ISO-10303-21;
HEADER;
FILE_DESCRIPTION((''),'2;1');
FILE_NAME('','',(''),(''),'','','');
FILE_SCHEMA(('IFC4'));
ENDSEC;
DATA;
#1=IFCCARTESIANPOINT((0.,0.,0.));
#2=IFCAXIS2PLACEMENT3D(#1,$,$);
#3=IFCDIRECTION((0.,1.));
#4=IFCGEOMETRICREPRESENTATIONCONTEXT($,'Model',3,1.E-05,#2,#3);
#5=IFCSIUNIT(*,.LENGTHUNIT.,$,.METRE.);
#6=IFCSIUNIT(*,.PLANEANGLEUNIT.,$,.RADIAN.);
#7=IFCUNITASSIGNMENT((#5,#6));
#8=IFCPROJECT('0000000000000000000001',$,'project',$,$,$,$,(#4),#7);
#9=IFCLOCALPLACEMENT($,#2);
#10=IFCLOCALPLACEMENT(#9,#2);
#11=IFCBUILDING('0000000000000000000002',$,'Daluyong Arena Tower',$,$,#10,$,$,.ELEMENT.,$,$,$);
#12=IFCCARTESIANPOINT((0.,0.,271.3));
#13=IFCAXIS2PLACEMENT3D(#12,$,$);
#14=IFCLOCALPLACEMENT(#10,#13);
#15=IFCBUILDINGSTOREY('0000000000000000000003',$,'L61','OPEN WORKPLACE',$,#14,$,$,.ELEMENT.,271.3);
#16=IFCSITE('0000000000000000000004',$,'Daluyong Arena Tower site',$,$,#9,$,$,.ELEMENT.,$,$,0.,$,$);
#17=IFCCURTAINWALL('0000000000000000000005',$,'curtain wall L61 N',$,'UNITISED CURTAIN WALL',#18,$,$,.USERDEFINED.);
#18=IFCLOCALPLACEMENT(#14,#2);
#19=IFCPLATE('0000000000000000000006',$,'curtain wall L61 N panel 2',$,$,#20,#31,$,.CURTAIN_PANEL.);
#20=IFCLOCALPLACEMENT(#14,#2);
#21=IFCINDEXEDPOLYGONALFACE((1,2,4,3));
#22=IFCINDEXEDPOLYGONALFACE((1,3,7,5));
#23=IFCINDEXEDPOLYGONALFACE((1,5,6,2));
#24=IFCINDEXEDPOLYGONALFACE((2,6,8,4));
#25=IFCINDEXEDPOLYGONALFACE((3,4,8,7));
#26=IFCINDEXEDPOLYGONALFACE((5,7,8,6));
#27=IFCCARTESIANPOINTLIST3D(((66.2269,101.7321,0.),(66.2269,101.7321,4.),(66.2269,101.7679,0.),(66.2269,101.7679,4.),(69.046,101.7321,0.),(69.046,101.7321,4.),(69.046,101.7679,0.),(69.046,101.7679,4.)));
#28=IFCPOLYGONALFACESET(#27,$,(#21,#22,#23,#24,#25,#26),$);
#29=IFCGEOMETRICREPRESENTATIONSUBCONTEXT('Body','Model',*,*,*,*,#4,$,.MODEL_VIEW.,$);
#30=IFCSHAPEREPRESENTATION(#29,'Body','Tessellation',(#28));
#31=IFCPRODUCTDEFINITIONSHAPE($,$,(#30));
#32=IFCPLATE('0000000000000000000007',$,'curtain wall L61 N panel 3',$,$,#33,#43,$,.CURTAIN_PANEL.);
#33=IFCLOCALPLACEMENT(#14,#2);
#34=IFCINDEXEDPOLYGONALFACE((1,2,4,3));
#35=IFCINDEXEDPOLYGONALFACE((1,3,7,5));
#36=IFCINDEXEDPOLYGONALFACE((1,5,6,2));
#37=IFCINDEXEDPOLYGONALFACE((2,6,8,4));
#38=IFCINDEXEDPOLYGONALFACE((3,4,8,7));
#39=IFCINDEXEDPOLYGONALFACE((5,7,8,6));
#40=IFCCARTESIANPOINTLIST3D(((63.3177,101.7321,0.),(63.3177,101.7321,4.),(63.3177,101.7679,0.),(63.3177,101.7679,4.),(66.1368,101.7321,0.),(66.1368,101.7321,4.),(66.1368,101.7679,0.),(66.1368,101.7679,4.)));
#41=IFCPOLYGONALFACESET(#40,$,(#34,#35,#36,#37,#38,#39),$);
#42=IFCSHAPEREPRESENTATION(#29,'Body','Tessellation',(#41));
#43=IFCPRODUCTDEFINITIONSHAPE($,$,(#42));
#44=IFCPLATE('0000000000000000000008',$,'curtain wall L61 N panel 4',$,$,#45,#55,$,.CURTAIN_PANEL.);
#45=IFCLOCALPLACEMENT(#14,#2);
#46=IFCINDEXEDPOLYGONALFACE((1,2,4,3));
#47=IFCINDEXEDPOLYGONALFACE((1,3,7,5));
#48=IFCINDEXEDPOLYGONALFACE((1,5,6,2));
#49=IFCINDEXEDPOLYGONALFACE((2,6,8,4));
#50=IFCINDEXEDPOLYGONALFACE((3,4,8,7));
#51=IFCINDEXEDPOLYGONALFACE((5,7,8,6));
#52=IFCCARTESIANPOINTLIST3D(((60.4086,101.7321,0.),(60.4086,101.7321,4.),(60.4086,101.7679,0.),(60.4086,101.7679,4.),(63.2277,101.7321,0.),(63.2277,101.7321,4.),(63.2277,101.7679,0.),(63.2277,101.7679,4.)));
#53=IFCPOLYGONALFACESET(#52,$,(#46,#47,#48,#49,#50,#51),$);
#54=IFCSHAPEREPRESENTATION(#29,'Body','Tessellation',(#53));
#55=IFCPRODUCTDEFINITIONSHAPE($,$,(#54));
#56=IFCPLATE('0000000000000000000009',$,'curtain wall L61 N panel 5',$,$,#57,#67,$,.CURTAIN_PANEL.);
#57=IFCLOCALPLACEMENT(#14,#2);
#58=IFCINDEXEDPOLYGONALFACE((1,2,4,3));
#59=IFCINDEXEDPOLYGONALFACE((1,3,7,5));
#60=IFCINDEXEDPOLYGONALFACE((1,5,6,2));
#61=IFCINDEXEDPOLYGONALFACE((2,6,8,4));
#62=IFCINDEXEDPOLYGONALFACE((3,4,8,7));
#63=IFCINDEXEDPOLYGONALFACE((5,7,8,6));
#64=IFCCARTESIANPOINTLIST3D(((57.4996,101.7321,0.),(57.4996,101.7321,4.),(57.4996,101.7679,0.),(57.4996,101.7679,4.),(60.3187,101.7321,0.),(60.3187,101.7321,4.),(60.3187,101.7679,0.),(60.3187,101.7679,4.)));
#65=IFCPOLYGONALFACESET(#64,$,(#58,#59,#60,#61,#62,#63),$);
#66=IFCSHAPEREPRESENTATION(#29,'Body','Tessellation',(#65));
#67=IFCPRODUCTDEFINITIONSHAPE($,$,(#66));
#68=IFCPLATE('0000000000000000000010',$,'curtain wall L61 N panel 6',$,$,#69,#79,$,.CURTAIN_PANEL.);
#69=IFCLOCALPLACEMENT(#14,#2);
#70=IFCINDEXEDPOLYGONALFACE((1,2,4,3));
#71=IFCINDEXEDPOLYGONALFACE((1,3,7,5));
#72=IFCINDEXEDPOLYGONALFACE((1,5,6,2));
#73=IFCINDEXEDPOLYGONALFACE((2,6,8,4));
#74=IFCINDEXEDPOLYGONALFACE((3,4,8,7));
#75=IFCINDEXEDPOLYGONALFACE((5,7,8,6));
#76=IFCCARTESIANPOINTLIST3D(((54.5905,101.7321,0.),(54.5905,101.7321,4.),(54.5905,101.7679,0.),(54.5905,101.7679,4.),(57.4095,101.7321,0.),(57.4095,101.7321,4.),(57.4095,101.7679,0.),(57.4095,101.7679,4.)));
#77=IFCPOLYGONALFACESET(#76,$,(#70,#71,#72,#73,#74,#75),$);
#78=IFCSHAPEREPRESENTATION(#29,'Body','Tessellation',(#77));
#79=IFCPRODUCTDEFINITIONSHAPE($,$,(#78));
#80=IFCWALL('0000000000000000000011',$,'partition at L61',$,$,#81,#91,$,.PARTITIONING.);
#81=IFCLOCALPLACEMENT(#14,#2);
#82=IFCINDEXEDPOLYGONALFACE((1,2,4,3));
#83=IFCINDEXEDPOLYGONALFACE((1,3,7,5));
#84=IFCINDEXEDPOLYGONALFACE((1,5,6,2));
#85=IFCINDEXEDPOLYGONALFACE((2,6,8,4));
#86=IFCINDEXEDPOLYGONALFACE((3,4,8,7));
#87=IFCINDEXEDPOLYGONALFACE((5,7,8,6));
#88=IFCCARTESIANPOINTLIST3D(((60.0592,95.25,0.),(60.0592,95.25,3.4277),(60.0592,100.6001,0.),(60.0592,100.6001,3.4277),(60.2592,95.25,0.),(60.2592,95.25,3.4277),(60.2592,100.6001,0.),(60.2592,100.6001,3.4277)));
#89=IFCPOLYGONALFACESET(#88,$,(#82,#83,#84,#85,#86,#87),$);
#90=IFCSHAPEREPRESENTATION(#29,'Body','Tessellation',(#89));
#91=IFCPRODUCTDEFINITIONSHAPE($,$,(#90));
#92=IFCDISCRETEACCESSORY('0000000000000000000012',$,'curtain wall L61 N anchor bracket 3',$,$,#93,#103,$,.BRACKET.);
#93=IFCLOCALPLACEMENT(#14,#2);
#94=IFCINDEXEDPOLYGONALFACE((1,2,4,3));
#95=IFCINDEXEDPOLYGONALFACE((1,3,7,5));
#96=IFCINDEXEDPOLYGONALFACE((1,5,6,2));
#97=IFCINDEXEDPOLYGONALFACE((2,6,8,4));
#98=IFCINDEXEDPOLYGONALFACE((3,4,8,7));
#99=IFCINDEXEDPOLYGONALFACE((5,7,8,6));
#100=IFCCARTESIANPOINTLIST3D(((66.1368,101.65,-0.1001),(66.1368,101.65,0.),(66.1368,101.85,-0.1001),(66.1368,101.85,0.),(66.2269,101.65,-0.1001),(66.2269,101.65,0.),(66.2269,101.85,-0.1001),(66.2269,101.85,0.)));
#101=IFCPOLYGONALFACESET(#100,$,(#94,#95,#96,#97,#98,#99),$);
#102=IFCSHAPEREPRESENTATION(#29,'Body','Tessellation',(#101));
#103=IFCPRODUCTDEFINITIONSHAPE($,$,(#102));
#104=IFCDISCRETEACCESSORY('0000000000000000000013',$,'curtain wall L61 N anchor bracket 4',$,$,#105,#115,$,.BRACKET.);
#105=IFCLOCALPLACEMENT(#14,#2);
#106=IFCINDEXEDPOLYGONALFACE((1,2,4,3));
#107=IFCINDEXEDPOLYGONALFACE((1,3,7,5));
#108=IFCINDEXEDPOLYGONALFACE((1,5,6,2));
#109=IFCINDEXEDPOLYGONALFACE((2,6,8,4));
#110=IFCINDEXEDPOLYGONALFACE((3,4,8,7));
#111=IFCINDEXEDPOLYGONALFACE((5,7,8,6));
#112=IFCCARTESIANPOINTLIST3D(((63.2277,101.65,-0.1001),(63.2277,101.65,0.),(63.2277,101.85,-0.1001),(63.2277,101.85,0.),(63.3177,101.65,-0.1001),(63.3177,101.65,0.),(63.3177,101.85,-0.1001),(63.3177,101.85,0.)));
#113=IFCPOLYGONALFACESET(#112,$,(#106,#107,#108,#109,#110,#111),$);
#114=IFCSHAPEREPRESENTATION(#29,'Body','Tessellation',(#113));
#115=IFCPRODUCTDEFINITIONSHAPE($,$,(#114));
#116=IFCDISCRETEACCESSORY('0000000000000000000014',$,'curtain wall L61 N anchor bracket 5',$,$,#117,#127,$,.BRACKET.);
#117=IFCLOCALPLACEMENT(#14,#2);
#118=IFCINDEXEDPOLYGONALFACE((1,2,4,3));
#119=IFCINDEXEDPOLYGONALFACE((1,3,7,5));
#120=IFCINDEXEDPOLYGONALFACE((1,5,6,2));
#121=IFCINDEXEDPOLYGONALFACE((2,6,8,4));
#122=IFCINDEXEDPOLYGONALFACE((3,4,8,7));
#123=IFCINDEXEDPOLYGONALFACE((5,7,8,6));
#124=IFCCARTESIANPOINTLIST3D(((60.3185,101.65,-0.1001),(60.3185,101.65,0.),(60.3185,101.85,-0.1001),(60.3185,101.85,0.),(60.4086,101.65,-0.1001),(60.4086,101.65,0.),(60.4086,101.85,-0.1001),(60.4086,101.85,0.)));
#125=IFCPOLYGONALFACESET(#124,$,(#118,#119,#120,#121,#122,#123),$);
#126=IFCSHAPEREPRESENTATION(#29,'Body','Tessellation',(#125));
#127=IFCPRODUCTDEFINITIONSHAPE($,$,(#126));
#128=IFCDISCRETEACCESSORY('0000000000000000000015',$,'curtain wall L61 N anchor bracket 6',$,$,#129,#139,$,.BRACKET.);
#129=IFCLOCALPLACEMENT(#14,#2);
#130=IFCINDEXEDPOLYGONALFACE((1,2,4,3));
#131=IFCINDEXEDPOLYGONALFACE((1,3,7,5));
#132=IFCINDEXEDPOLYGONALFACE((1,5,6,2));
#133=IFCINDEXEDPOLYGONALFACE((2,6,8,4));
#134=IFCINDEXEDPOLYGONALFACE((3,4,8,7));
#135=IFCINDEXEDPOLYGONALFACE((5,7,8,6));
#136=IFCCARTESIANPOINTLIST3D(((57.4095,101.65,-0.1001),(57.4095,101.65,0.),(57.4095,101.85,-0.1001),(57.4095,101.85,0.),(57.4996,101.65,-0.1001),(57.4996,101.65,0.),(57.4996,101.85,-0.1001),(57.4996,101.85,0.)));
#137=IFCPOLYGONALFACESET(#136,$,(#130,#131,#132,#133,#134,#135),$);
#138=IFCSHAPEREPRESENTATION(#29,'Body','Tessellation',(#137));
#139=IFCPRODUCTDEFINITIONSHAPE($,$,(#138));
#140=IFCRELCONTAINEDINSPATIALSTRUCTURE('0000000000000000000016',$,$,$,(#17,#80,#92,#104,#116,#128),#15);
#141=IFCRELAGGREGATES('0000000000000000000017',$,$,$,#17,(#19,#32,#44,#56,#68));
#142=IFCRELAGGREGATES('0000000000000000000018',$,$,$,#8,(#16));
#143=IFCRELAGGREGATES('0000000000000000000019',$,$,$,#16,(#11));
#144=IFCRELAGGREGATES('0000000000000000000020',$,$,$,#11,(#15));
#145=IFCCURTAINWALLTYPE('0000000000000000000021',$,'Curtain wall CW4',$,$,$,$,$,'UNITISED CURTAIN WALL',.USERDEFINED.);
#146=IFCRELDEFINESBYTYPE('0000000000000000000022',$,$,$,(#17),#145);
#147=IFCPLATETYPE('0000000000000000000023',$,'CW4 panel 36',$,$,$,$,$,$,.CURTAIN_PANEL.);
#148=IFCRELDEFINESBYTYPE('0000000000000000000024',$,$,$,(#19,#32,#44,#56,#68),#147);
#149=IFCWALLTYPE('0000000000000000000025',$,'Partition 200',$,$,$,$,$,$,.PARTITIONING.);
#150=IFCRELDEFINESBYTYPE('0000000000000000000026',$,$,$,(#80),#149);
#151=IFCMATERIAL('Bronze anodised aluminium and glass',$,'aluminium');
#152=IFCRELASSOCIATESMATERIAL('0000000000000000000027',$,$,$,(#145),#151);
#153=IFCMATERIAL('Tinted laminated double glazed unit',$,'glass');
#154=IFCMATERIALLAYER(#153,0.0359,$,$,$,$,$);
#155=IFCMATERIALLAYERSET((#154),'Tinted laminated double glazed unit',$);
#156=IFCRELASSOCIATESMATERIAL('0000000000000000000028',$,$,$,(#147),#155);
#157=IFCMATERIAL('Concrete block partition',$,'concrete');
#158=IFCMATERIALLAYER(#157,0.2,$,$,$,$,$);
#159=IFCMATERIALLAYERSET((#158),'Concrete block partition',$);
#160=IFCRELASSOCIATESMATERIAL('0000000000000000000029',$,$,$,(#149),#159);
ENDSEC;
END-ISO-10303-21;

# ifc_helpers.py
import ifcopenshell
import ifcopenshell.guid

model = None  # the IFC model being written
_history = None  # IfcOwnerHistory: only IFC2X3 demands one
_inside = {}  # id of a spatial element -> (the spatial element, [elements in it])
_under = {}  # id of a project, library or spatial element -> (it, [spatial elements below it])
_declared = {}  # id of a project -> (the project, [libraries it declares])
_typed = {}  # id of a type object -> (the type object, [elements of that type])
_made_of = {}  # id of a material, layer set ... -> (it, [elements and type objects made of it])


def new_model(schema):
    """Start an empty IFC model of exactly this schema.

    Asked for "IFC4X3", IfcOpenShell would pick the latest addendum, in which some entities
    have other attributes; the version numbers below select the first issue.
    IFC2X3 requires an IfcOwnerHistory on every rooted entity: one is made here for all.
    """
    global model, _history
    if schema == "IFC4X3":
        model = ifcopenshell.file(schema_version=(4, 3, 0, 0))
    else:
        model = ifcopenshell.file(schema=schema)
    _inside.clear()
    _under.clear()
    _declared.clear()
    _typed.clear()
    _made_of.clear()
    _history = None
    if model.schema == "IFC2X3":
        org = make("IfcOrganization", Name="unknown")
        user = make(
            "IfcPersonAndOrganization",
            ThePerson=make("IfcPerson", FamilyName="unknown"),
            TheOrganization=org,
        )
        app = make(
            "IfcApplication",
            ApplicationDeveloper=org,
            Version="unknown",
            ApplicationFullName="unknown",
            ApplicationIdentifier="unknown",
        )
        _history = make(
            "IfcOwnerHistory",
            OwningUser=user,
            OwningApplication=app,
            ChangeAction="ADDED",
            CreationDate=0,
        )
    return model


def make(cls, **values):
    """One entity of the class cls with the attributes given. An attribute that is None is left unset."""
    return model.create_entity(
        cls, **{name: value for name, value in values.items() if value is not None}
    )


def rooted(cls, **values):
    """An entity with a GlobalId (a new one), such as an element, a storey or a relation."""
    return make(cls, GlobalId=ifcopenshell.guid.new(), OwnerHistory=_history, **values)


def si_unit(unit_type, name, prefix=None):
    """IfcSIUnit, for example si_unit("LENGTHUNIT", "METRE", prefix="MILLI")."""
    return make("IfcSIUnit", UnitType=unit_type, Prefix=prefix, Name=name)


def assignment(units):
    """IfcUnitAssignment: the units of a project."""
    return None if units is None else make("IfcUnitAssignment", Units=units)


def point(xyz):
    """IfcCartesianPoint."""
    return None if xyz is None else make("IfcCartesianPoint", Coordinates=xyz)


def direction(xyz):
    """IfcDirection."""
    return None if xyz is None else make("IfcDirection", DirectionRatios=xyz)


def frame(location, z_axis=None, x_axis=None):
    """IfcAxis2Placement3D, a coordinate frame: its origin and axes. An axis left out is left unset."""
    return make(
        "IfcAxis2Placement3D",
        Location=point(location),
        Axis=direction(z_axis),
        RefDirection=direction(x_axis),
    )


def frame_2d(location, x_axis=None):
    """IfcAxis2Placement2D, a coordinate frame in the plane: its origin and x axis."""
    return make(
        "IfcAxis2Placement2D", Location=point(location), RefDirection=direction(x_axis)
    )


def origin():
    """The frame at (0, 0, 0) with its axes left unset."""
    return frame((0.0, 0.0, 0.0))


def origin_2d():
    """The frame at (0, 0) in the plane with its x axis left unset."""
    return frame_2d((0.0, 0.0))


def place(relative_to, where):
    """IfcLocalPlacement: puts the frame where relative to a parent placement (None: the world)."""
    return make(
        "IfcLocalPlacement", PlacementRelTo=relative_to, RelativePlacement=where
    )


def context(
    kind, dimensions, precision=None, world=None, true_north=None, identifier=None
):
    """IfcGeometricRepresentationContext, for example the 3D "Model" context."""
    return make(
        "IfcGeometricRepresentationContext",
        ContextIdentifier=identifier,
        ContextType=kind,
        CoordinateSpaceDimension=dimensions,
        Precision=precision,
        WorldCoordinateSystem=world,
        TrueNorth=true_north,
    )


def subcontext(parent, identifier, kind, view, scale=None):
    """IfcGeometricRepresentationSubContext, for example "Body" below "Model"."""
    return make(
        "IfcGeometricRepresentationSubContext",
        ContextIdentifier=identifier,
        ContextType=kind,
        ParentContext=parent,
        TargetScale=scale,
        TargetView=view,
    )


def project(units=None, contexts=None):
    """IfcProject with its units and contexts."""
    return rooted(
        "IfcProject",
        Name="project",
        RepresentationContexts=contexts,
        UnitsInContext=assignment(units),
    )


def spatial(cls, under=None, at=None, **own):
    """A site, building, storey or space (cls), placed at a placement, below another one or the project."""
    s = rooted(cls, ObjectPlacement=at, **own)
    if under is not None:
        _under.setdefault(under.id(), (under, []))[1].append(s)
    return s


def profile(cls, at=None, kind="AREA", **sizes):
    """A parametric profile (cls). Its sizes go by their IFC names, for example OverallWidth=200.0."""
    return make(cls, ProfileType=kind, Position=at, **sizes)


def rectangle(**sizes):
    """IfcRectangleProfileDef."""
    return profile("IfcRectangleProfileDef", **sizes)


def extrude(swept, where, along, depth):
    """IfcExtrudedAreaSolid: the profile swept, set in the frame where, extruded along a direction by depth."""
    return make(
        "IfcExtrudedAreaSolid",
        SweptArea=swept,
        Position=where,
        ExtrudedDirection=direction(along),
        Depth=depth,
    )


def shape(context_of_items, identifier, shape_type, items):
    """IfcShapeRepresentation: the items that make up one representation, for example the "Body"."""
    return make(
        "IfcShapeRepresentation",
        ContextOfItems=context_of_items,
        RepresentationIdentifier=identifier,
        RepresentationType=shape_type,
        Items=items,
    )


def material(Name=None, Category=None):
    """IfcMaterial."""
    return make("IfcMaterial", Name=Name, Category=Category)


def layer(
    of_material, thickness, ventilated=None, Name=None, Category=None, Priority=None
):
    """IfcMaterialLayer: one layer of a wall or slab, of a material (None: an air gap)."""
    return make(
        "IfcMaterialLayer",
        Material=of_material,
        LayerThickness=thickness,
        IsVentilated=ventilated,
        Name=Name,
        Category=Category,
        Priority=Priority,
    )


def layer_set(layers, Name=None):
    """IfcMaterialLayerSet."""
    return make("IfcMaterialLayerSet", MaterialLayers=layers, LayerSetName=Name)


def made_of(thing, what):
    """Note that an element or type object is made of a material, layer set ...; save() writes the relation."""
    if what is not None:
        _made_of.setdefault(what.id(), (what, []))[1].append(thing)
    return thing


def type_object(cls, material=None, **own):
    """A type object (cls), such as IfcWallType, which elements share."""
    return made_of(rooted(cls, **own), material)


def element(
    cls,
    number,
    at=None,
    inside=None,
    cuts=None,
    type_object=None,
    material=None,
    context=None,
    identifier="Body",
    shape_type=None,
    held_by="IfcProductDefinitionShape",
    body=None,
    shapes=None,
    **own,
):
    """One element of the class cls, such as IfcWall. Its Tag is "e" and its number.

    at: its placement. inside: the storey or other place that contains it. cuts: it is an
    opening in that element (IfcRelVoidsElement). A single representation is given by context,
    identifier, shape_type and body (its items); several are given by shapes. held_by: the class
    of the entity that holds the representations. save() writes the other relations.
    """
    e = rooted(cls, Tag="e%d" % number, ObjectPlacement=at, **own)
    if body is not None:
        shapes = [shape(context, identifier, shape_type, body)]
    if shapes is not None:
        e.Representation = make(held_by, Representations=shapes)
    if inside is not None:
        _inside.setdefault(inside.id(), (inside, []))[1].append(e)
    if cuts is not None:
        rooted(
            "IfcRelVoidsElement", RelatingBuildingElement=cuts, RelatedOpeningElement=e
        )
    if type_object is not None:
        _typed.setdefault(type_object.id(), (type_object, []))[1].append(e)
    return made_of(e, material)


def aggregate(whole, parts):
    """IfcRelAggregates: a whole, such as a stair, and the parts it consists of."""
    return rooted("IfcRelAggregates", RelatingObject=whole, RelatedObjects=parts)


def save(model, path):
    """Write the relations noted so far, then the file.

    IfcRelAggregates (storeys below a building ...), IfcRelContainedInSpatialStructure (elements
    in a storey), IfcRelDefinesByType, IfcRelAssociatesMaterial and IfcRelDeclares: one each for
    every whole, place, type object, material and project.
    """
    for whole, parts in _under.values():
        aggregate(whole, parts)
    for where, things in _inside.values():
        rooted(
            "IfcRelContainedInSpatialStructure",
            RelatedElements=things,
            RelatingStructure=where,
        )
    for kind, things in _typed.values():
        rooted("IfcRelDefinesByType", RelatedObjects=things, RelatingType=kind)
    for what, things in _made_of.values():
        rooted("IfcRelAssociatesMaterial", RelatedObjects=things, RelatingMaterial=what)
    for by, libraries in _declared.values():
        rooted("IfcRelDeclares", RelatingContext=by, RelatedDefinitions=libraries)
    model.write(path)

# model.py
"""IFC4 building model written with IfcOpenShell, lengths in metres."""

from ifc_helpers import new_model, si_unit, direction, frame, frame_2d, origin, origin_2d, place, context, subcontext, project, spatial, rectangle, extrude, material, layer, layer_set, type_object, element, aggregate, save


model = new_model("IFC4")

# Units and contexts
model_context = context("Model", 3, precision=1e-05, world=origin(), true_north=direction((0.0, 1.0)))
body_context = subcontext(model_context, "Body", "Model", "MODEL_VIEW")
ifc_project = project(units=[si_unit("LENGTHUNIT", "METRE"), si_unit("PLANEANGLEUNIT", "RADIAN")], contexts=[model_context])

# Site, building, storey
site_placement = place(None, origin())
site = spatial("IfcSite", under=ifc_project, at=site_placement, Name="Daluyong Arena Tower site", CompositionType="ELEMENT", RefElevation=0.0)
building_placement = place(site_placement, origin())
building = spatial("IfcBuilding", under=site, at=building_placement, Name="Daluyong Arena Tower", CompositionType="ELEMENT")
storey_placement = place(building_placement, frame((0.0, 0.0, 271.3)))
storey = spatial("IfcBuildingStorey", under=building, at=storey_placement, Name="L61", Description="OPEN WORKPLACE", CompositionType="ELEMENT", Elevation=271.3)

# Curtain wall
ifc_material_1 = material(Name="Bronze anodised aluminium and glass", Category="aluminium")
curtain_wall_type = type_object("IfcCurtainWallType", Name="Curtain wall CW4", ElementType="UNITISED CURTAIN WALL", PredefinedType="USERDEFINED", material=ifc_material_1)
curtain_wall_placement = place(storey_placement, origin())
curtain_wall = element("IfcCurtainWall", 1, at=curtain_wall_placement, inside=storey, type_object=curtain_wall_type, Name="curtain wall L61 N", ObjectType="UNITISED CURTAIN WALL", PredefinedType="USERDEFINED")

# Plates
ifc_material_2 = material(Name="Tinted laminated double glazed unit", Category="glass")
ifc_layer_1 = layer(ifc_material_2, 0.0359)
ifc_layer_set_1 = layer_set([ifc_layer_1], Name="Tinted laminated double glazed unit")
plate_type = type_object("IfcPlateType", Name="CW4 panel 36", PredefinedType="CURTAIN_PANEL", material=ifc_layer_set_1)
plate_1_placement = place(storey_placement, frame((67.6365, 101.75, 0.0), z_axis=(0.0, 0.0, 1.0), x_axis=(-1.0, 0.0, 0.0)))
plate_1 = element("IfcPlate", 2, at=plate_1_placement, type_object=plate_type, Name="curtain wall L61 N panel 2", PredefinedType="CURTAIN_PANEL", context=body_context, shape_type="SweptSolid", body=[
    extrude(rectangle(XDim=2.8191, YDim=0.0359, at=origin_2d()), origin(), (0.0, 0.0, 1.0), 4.0),
])
plate_2_placement = place(storey_placement, frame((64.7273, 101.75, 0.0), z_axis=(0.0, 0.0, 1.0), x_axis=(-1.0, 0.0, 0.0)))
plate_2 = element("IfcPlate", 3, at=plate_2_placement, type_object=plate_type, Name="curtain wall L61 N panel 3", PredefinedType="CURTAIN_PANEL", context=body_context, shape_type="SweptSolid", body=[
    extrude(rectangle(XDim=2.8191, YDim=0.0359, at=origin_2d()), origin(), (0.0, 0.0, 1.0), 4.0),
])
plate_3_placement = place(storey_placement, frame((61.8181, 101.75, 0.0), z_axis=(0.0, 0.0, 1.0), x_axis=(-1.0, 0.0, 0.0)))
plate_3 = element("IfcPlate", 4, at=plate_3_placement, type_object=plate_type, Name="curtain wall L61 N panel 4", PredefinedType="CURTAIN_PANEL", context=body_context, shape_type="SweptSolid", body=[
    extrude(rectangle(XDim=2.8191, YDim=0.0359, at=origin_2d()), origin(), (0.0, 0.0, 1.0), 4.0),
])
plate_4_placement = place(storey_placement, frame((58.9092, 101.75, 0.0), z_axis=(0.0, 0.0, 1.0), x_axis=(-1.0, 0.0, 0.0)))
plate_4 = element("IfcPlate", 5, at=plate_4_placement, type_object=plate_type, Name="curtain wall L61 N panel 5", PredefinedType="CURTAIN_PANEL", context=body_context, shape_type="SweptSolid", body=[
    extrude(rectangle(XDim=2.8191, YDim=0.0359, at=origin_2d()), origin(), (0.0, 0.0, 1.0), 4.0),
])
plate_5_placement = place(storey_placement, frame((56.0, 101.75, 0.0), z_axis=(0.0, 0.0, 1.0), x_axis=(-1.0, 0.0, 0.0)))
plate_5 = element("IfcPlate", 6, at=plate_5_placement, type_object=plate_type, Name="curtain wall L61 N panel 6", PredefinedType="CURTAIN_PANEL", context=body_context, shape_type="SweptSolid", body=[
    extrude(rectangle(XDim=2.8191, YDim=0.0359, at=origin_2d()), origin(), (0.0, 0.0, 1.0), 4.0),
])
aggregate(curtain_wall, [plate_1, plate_2, plate_3, plate_4, plate_5])

# Wall
ifc_material_3 = material(Name="Concrete block partition", Category="concrete")
ifc_layer_2 = layer(ifc_material_3, 0.2)
ifc_layer_set_2 = layer_set([ifc_layer_2], Name="Concrete block partition")
wall_type = type_object("IfcWallType", Name="Partition 200", PredefinedType="PARTITIONING", material=ifc_layer_set_2)
wall_placement = place(storey_placement, frame((60.1592, 95.25, 0.0), z_axis=(0.0, 0.0, 1.0), x_axis=(0.0, 1.0, 0.0)))
element("IfcWall", 7, at=wall_placement, inside=storey, type_object=wall_type, Name="partition at L61", PredefinedType="PARTITIONING", context=body_context, shape_type="SweptSolid", body=[
    extrude(rectangle(XDim=5.3501, YDim=0.2, at=frame_2d((2.675, 0.0))), origin(), (0.0, 0.0, 1.0), 3.4277),
])

# Discrete accessories
for number, where, z_axis, x_axis, name in (
    (8, (66.1819, 101.75, -0.1001), (0.0, 0.0, 1.0), (-1.0, 0.0, 0.0), "curtain wall L61 N anchor bracket 3"),
    (9, (63.2727, 101.75, -0.1001), (0.0, 0.0, 1.0), (-1.0, 0.0, 0.0), "curtain wall L61 N anchor bracket 4"),
    (10, (60.3635, 101.75, -0.1001), (0.0, 0.0, 1.0), (-1.0, 0.0, 0.0), "curtain wall L61 N anchor bracket 5"),
    (11, (57.4546, 101.75, -0.1001), (0.0, 0.0, 1.0), (-1.0, 0.0, 0.0), "curtain wall L61 N anchor bracket 6"),
):
    element("IfcDiscreteAccessory", number, at=place(storey_placement, frame(where, z_axis=z_axis, x_axis=x_axis)), inside=storey, Name=name, PredefinedType="BRACKET", context=body_context, shape_type="SweptSolid", body=[
        extrude(rectangle(XDim=0.0901, YDim=0.2, at=origin_2d()), origin(), (0.0, 0.0, 1.0), 0.1001),
    ])

save(model, "model.ifc")
